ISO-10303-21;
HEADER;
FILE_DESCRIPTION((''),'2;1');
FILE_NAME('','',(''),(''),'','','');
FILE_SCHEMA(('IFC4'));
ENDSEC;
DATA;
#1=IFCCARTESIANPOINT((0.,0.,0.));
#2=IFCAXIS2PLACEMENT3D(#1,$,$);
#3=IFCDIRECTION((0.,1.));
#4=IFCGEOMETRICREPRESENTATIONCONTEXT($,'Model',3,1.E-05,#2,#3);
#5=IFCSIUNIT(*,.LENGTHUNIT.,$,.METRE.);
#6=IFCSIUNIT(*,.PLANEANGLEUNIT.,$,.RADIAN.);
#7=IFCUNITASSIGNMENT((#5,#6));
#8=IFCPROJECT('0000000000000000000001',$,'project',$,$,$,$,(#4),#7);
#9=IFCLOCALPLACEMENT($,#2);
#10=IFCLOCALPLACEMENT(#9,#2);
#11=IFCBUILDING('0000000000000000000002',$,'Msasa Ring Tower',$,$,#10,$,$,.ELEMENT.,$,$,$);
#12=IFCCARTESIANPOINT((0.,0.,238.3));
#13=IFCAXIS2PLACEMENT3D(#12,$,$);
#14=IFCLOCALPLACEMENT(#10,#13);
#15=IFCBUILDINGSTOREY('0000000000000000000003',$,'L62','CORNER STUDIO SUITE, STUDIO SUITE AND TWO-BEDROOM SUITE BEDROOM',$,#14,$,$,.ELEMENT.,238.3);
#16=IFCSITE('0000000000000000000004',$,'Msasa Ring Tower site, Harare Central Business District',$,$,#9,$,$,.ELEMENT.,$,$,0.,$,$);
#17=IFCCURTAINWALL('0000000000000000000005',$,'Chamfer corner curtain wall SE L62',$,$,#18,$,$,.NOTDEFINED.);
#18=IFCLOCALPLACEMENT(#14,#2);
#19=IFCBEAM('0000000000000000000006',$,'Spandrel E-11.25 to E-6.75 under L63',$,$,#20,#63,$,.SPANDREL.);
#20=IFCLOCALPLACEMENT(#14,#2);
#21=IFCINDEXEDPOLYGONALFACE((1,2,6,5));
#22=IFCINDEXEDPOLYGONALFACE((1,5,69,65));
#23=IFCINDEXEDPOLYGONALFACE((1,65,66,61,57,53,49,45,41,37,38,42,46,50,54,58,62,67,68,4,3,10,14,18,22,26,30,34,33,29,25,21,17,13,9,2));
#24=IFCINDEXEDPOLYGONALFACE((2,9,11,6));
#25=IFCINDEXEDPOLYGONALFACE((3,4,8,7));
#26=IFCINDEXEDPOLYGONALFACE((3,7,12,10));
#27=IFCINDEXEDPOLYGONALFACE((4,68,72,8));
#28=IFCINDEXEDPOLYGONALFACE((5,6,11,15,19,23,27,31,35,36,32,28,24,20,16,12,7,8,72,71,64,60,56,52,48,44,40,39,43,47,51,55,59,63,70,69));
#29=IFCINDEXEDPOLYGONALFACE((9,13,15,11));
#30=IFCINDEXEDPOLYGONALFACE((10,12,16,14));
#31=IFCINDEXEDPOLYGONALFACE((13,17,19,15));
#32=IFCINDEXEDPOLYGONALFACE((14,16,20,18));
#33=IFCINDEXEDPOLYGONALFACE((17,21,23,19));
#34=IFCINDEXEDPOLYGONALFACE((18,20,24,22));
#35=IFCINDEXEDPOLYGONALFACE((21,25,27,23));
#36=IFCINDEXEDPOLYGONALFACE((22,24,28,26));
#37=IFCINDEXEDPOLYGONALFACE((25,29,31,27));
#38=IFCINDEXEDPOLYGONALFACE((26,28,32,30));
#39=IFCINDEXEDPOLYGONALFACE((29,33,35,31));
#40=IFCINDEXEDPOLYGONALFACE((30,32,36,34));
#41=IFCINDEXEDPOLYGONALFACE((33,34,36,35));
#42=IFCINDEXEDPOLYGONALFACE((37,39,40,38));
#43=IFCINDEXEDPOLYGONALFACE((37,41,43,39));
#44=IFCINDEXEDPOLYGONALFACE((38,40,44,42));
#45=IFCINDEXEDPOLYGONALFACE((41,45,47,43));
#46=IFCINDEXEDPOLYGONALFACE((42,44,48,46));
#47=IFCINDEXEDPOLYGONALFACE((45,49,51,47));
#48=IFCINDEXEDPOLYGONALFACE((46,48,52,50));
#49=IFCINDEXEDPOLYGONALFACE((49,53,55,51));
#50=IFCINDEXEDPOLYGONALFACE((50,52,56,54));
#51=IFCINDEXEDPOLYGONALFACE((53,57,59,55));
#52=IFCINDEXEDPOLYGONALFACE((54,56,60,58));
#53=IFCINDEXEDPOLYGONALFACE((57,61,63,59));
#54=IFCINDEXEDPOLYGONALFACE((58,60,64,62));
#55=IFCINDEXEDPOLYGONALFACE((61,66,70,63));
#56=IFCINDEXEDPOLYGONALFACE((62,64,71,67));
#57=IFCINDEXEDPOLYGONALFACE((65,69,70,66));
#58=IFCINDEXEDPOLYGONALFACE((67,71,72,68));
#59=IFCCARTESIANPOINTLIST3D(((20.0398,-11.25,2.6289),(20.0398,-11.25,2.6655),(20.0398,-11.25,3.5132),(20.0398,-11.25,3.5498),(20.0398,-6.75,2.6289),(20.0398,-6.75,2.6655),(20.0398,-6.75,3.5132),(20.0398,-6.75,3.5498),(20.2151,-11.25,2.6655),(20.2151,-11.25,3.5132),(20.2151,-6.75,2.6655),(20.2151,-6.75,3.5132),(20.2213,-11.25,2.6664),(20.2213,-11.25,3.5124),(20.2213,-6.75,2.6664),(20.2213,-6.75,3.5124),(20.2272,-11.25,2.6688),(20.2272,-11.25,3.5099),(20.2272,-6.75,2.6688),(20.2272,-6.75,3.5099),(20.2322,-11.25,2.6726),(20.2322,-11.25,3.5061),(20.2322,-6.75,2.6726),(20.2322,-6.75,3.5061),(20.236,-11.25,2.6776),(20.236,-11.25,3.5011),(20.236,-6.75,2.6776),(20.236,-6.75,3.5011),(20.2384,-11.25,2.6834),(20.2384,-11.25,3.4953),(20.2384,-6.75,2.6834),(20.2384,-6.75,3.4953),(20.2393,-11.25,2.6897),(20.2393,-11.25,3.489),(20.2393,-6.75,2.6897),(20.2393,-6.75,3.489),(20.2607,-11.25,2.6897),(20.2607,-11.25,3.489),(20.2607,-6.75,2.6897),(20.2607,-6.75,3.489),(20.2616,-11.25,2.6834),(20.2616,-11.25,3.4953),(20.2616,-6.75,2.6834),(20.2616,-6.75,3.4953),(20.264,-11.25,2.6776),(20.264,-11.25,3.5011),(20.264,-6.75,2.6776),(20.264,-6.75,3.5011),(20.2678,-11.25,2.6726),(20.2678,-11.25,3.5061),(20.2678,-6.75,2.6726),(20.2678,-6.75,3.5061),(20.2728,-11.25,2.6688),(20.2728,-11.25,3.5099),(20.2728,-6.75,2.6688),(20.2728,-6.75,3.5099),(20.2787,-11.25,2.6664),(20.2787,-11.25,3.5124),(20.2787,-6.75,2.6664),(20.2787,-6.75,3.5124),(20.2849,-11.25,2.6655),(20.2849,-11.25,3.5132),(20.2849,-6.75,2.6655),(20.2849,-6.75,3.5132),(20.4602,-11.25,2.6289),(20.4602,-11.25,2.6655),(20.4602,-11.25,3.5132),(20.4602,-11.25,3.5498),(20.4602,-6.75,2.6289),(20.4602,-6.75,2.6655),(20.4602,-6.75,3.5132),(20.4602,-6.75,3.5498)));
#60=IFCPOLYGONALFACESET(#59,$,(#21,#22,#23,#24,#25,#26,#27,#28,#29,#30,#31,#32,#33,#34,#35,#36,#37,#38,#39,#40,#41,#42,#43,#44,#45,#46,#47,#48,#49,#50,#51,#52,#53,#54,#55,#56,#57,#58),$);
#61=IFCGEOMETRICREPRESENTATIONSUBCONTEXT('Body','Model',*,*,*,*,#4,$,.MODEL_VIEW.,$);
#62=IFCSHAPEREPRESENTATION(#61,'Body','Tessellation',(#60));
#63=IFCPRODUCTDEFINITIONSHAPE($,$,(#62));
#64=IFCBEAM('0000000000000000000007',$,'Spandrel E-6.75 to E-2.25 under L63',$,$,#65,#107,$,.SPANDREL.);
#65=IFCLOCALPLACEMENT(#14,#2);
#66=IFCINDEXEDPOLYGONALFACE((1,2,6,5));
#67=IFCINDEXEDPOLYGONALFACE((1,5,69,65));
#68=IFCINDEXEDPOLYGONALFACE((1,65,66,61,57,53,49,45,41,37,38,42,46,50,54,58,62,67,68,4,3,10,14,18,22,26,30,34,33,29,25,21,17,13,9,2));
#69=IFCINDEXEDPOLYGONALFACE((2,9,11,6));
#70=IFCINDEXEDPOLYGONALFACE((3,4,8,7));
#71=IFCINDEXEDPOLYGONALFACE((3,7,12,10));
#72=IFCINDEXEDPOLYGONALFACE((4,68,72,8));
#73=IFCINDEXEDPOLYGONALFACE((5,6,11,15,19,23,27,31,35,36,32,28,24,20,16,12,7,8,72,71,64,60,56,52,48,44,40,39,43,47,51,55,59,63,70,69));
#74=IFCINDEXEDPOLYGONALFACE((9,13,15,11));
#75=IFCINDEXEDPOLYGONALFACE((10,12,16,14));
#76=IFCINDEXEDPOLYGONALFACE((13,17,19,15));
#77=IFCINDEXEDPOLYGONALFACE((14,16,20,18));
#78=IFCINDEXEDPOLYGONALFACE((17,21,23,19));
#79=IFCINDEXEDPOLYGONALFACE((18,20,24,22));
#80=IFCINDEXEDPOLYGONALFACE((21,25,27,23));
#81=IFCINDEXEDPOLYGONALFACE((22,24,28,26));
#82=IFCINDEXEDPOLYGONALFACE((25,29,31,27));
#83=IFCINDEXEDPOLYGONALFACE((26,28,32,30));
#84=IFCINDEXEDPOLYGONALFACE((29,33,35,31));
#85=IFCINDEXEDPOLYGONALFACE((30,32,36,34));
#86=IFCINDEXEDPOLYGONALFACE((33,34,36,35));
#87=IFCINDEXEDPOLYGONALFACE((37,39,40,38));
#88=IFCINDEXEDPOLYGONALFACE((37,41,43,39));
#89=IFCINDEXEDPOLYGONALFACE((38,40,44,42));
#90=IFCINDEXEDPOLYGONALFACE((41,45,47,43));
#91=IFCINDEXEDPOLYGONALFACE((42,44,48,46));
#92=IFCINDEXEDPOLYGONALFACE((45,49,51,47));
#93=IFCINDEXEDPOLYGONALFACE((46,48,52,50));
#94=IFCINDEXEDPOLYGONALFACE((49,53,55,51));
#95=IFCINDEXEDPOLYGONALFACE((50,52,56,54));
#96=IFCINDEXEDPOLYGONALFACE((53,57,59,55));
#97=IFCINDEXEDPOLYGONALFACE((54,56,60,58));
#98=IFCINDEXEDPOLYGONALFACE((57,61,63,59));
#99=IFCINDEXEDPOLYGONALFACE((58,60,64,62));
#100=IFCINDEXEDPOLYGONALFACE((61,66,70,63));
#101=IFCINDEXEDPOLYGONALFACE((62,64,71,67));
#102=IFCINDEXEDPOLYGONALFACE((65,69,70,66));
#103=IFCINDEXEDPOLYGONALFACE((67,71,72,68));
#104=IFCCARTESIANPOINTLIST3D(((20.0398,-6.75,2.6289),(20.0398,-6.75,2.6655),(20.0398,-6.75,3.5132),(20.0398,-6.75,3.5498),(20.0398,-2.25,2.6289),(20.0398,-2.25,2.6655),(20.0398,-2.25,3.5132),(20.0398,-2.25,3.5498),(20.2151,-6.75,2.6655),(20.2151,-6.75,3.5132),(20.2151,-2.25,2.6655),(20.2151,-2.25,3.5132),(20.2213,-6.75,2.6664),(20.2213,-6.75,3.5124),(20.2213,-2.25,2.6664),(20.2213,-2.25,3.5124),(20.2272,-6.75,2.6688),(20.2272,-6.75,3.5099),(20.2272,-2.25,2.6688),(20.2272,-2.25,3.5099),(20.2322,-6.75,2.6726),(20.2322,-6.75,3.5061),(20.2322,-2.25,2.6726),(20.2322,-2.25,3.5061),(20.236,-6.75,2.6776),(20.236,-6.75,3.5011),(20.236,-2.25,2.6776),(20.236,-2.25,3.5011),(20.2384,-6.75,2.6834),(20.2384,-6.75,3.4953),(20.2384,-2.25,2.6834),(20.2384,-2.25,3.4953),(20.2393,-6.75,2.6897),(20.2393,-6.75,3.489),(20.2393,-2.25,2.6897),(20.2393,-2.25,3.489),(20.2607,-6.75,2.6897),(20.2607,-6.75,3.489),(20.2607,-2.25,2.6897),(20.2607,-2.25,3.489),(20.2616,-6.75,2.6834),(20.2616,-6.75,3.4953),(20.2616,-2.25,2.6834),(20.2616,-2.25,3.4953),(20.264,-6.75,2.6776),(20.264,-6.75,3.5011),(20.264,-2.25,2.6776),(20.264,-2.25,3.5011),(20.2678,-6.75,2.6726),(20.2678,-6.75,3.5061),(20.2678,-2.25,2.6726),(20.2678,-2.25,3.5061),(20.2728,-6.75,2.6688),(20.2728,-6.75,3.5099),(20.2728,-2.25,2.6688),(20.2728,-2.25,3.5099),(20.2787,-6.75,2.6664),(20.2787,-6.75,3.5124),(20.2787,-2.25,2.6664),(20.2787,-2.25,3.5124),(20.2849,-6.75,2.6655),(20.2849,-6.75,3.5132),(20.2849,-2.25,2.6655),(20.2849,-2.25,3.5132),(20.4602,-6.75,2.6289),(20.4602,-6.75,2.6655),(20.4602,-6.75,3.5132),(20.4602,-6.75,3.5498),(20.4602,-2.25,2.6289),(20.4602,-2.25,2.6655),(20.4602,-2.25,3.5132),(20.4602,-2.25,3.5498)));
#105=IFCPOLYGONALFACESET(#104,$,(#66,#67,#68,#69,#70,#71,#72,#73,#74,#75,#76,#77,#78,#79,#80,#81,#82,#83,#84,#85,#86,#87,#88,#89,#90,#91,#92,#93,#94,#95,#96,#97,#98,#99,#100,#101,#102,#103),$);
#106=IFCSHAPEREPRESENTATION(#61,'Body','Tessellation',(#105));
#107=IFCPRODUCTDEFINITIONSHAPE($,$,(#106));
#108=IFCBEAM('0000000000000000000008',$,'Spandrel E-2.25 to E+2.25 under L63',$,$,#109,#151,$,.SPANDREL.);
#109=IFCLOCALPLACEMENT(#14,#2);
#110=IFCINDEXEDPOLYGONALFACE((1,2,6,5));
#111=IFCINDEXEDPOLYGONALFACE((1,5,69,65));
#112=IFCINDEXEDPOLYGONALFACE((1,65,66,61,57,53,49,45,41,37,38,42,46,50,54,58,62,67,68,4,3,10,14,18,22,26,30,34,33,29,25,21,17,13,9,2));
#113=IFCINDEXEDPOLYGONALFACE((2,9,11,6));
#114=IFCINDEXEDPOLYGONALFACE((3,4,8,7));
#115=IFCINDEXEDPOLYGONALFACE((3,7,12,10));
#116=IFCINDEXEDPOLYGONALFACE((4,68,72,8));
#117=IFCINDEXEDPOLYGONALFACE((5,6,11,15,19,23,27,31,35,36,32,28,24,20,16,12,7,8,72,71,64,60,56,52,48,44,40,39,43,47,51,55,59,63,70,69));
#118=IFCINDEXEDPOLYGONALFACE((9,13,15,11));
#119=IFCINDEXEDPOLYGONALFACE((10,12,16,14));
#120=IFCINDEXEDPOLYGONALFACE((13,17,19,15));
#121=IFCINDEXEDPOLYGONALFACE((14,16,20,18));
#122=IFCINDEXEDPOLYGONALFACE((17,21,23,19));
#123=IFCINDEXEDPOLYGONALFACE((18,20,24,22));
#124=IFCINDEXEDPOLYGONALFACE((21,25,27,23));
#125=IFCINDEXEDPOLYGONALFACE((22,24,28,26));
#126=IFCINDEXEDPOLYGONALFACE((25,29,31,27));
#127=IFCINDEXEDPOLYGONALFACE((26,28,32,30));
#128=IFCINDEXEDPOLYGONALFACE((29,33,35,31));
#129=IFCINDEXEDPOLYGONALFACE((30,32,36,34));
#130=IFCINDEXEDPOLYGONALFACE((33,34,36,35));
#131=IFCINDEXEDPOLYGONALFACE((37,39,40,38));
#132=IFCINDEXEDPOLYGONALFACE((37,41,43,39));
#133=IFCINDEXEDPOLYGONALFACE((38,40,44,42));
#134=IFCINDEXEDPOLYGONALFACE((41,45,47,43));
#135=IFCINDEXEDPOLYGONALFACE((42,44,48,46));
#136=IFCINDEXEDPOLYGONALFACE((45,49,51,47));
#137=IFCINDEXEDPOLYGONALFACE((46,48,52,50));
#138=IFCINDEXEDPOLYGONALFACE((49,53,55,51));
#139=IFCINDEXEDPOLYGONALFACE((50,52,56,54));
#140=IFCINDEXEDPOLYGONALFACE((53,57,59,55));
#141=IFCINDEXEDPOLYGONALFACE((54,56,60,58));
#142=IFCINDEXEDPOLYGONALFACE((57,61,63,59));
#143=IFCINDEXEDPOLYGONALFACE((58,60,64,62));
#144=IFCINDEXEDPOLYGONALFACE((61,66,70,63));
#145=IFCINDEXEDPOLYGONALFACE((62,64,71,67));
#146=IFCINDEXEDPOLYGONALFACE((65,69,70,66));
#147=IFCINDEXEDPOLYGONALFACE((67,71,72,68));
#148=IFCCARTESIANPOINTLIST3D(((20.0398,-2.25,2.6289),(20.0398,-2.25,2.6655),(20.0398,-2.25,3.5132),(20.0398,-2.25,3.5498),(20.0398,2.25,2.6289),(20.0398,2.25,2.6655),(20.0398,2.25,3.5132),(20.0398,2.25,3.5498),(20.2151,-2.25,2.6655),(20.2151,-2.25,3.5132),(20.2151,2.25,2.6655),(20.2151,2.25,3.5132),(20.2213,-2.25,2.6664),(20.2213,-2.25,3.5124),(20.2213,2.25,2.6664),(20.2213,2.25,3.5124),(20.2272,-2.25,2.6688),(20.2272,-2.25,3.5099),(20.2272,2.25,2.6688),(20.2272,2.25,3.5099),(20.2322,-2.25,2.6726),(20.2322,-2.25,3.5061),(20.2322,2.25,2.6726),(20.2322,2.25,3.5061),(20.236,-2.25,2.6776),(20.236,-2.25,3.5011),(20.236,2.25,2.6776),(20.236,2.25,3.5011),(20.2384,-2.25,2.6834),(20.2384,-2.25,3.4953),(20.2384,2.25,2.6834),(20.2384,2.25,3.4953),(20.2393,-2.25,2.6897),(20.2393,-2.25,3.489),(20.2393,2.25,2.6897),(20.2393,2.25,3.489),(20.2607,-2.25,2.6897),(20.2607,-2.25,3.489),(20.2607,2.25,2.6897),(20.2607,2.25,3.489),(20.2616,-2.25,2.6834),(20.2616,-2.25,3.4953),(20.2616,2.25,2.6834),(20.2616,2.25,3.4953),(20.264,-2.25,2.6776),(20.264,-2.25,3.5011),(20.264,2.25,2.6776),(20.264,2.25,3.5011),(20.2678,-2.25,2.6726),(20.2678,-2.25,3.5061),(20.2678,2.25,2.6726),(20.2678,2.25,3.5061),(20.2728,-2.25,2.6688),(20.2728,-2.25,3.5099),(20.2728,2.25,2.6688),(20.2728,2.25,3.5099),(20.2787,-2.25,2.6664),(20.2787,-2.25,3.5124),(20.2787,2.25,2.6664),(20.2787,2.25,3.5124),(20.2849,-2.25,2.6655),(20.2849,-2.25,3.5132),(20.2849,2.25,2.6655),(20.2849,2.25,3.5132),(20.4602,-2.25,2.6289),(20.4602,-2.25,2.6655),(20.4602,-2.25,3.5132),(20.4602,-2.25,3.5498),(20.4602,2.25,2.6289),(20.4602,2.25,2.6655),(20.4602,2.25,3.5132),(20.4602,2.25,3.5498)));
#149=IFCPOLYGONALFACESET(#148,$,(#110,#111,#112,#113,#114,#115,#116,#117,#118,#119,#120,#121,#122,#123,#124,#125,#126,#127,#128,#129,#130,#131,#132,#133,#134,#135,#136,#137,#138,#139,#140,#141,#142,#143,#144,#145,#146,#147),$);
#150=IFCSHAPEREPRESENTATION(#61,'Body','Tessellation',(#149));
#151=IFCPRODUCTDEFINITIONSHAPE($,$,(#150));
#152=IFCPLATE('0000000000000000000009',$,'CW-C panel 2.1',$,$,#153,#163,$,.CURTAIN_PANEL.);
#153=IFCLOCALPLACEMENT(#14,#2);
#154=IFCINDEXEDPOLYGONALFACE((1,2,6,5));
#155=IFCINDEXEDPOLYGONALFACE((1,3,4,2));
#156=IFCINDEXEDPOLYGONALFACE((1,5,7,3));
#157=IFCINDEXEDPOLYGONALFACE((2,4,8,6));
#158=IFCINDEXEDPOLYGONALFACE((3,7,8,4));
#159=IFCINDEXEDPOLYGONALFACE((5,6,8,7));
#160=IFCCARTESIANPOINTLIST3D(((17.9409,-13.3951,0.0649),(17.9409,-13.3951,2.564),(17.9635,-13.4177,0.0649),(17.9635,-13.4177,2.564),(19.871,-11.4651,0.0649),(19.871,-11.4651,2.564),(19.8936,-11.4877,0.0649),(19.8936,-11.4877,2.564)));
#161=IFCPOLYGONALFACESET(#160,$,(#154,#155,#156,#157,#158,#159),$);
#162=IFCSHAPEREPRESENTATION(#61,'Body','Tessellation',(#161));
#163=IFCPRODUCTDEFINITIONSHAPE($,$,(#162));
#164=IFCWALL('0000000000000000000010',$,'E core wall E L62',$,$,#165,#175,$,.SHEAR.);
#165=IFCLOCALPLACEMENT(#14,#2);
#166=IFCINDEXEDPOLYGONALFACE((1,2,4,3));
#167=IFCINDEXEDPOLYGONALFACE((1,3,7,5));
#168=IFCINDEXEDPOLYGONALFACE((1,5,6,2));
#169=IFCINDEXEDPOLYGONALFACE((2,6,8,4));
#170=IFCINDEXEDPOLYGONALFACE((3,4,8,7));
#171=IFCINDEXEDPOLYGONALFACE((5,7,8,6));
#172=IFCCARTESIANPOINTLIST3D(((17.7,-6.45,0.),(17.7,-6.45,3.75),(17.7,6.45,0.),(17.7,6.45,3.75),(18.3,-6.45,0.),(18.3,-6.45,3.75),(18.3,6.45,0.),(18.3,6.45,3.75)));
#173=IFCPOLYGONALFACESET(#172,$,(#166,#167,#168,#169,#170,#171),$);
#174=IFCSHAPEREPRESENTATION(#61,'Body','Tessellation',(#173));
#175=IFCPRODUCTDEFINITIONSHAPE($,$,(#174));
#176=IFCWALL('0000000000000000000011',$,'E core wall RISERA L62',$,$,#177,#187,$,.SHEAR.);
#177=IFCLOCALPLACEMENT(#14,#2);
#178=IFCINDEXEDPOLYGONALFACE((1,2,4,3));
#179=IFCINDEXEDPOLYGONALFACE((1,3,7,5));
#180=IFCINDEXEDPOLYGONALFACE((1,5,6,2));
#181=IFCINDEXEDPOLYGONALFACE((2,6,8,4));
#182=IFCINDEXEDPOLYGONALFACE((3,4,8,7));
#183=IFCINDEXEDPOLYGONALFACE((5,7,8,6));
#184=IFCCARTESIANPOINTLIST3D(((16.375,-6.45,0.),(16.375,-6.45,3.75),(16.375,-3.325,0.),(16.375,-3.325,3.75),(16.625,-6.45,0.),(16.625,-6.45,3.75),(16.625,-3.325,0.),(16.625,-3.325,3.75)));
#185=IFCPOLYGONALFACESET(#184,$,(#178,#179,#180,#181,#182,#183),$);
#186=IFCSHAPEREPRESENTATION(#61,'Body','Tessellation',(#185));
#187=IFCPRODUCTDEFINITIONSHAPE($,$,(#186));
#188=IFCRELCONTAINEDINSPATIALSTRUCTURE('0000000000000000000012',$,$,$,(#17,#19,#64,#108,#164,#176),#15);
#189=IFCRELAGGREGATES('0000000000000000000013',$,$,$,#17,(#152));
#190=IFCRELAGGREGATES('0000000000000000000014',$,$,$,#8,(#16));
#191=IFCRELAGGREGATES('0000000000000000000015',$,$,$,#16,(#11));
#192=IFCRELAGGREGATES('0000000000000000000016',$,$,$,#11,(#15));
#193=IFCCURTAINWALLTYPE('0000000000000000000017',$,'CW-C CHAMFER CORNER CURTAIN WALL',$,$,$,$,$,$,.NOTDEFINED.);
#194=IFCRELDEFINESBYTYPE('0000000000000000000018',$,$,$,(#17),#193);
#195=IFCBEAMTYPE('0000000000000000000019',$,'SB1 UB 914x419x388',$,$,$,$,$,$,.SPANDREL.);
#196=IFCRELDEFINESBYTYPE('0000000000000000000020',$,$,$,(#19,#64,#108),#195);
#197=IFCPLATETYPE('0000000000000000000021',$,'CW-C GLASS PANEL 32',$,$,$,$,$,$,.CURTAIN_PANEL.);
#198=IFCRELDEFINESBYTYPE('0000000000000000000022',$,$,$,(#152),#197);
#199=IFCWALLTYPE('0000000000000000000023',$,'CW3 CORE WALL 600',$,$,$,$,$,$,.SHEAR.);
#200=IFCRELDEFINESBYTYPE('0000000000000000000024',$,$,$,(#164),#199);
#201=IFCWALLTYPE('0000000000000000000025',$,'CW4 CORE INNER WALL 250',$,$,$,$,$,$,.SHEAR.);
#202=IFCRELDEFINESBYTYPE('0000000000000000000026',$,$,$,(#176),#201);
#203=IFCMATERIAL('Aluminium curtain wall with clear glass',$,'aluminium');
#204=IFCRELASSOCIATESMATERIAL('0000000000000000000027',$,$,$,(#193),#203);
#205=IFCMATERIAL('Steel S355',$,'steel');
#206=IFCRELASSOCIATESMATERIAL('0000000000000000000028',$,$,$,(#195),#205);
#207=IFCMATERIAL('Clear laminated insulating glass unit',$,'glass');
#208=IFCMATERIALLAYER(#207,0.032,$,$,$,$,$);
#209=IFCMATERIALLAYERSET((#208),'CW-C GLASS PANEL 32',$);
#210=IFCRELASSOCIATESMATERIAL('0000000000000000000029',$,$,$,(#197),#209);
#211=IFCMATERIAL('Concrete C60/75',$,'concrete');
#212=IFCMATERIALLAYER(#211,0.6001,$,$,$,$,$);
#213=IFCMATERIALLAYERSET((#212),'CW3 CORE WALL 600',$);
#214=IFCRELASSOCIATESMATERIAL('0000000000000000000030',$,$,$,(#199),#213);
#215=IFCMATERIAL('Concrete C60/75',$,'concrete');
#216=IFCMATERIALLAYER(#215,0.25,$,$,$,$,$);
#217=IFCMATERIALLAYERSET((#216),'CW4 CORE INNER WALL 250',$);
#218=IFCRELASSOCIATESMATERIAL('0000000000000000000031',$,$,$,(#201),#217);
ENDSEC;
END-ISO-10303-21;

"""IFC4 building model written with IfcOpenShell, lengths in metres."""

from ifc_helpers import new_model, si_unit, direction, frame, frame_2d, origin, origin_2d, place, context, subcontext, project, spatial, rectangle, i_section, extrude, material, layer, layer_set, material_profile, profile_set, type_object, element, aggregate, save


model = new_model("IFC4")

# Units and contexts
model_context = context("Model", 3, precision=1e-05, world=origin(), true_north=direction((0.0, 1.0)))
body_context = subcontext(model_context, "Body", "Model", "MODEL_VIEW")
ifc_project = project(units=[si_unit("LENGTHUNIT", "METRE"), si_unit("PLANEANGLEUNIT", "RADIAN")], contexts=[model_context])

# Site, building, storey
site_placement = place(None, origin())
site = spatial("IfcSite", under=ifc_project, at=site_placement, Name="Msasa Ring Tower site, Harare Central Business District", CompositionType="ELEMENT", RefElevation=0.0)
building_placement = place(site_placement, origin())
building = spatial("IfcBuilding", under=site, at=building_placement, Name="Msasa Ring Tower", CompositionType="ELEMENT")
storey_placement = place(building_placement, frame((0.0, 0.0, 238.3)))
storey = spatial("IfcBuildingStorey", under=building, at=storey_placement, Name="L62", Description="CORNER STUDIO SUITE, STUDIO SUITE AND TWO-BEDROOM SUITE BEDROOM", CompositionType="ELEMENT", Elevation=238.3)

# Curtain wall
ifc_material_1 = material(Name="Aluminium curtain wall with clear glass", Category="aluminium")
curtain_wall_type = type_object("IfcCurtainWallType", Name="CW-C CHAMFER CORNER CURTAIN WALL", PredefinedType="NOTDEFINED", material=ifc_material_1)
curtain_wall_placement = place(storey_placement, origin())
curtain_wall = element("IfcCurtainWall", 1, at=curtain_wall_placement, inside=storey, type_object=curtain_wall_type, Name="Chamfer corner curtain wall SE L62", PredefinedType="NOTDEFINED")

# Beams
ifc_material_2 = material(Name="Steel S355", Category="steel")
ifc_material_profile_1 = material_profile(ifc_material_2, i_section(OverallWidth=0.4204, OverallDepth=0.9209, WebThickness=0.0215, FlangeThickness=0.0366, FilletRadius=0.0242, at=origin_2d()), Name="UB 914x419x388")
ifc_profile_set_1 = profile_set([ifc_material_profile_1], Name="Steel S355")
beam_type_1 = type_object("IfcBeamType", Name="SB1 UB 914x419x388", PredefinedType="SPANDREL", material=ifc_profile_set_1)
for number, where, z_axis, x_axis, name in (
    (2, (20.25, -11.25, 3.0894), (0.0, 1.0, 0.0), (-1.0, 0.0, 0.0), "Spandrel E-11.25 to E-6.75 under L63"),
    (3, (20.25, -6.75, 3.0894), (0.0, 1.0, 0.0), (-1.0, 0.0, 0.0), "Spandrel E-6.75 to E-2.25 under L63"),
    (4, (20.25, -2.25, 3.0894), (0.0, 1.0, 0.0), (-1.0, 0.0, 0.0), "Spandrel E-2.25 to E+2.25 under L63"),
):
    element("IfcBeam", number, at=place(storey_placement, frame(where, z_axis=z_axis, x_axis=x_axis)), inside=storey, type_object=beam_type_1, Name=name, PredefinedType="SPANDREL", context=body_context, shape_type="SweptSolid", body=[
        extrude(i_section(OverallWidth=0.4204, OverallDepth=0.9209, WebThickness=0.0215, FlangeThickness=0.0366, FilletRadius=0.0242, at=origin_2d()), origin(), (0.0, 0.0, 1.0), 4.5),
    ])

# Plate
ifc_material_3 = material(Name="Clear laminated insulating glass unit", Category="glass")
ifc_layer_1 = layer(ifc_material_3, 0.032)
ifc_layer_set_1 = layer_set([ifc_layer_1], Name="CW-C GLASS PANEL 32")
plate_type = type_object("IfcPlateType", Name="CW-C GLASS PANEL 32", PredefinedType="CURTAIN_PANEL", material=ifc_layer_set_1)
plate_placement = place(storey_placement, frame((18.9172, -12.4414, 0.0649), z_axis=(0.0, 0.0, 1.0), x_axis=(0.707107, 0.707107, 0.0)))
plate = element("IfcPlate", 5, at=plate_placement, type_object=plate_type, Name="CW-C panel 2.1", PredefinedType="CURTAIN_PANEL", context=body_context, shape_type="SweptSolid", body=[
    extrude(rectangle(XDim=2.7295, YDim=0.032, at=origin_2d()), origin(), (0.0, 0.0, 1.0), 2.499),
])
aggregate(curtain_wall, [plate])

# Walls
ifc_material_4 = material(Name="Concrete C60/75", Category="concrete")
ifc_layer_2 = layer(ifc_material_4, 0.6001)
ifc_layer_set_2 = layer_set([ifc_layer_2], Name="CW3 CORE WALL 600")
wall_type_1 = type_object("IfcWallType", Name="CW3 CORE WALL 600", PredefinedType="SHEAR", material=ifc_layer_set_2)
wall_1_placement = place(storey_placement, frame((18.0, -6.45, 0.0), z_axis=(0.0, 0.0, 1.0), x_axis=(0.0, 1.0, 0.0)))
element("IfcWall", 6, at=wall_1_placement, inside=storey, type_object=wall_type_1, Name="E core wall E L62", PredefinedType="SHEAR", context=body_context, shape_type="SweptSolid", body=[
    extrude(rectangle(XDim=12.8999, YDim=0.6001, at=frame_2d((6.45, 0.0))), origin(), (0.0, 0.0, 1.0), 3.75),
])
ifc_material_5 = material(Name="Concrete C60/75", Category="concrete")
ifc_layer_3 = layer(ifc_material_5, 0.25)
ifc_layer_set_3 = layer_set([ifc_layer_3], Name="CW4 CORE INNER WALL 250")
wall_type_2 = type_object("IfcWallType", Name="CW4 CORE INNER WALL 250", PredefinedType="SHEAR", material=ifc_layer_set_3)
wall_2_placement = place(storey_placement, frame((16.5, -6.45, 0.0), z_axis=(0.0, 0.0, 1.0), x_axis=(0.0, 1.0, 0.0)))
element("IfcWall", 7, at=wall_2_placement, inside=storey, type_object=wall_type_2, Name="E core wall RISERA L62", PredefinedType="SHEAR", context=body_context, shape_type="SweptSolid", body=[
    extrude(rectangle(XDim=3.125, YDim=0.25, at=frame_2d((1.5625, 0.0))), origin(), (0.0, 0.0, 1.0), 3.75),
])

save(model, "model.ifc")
